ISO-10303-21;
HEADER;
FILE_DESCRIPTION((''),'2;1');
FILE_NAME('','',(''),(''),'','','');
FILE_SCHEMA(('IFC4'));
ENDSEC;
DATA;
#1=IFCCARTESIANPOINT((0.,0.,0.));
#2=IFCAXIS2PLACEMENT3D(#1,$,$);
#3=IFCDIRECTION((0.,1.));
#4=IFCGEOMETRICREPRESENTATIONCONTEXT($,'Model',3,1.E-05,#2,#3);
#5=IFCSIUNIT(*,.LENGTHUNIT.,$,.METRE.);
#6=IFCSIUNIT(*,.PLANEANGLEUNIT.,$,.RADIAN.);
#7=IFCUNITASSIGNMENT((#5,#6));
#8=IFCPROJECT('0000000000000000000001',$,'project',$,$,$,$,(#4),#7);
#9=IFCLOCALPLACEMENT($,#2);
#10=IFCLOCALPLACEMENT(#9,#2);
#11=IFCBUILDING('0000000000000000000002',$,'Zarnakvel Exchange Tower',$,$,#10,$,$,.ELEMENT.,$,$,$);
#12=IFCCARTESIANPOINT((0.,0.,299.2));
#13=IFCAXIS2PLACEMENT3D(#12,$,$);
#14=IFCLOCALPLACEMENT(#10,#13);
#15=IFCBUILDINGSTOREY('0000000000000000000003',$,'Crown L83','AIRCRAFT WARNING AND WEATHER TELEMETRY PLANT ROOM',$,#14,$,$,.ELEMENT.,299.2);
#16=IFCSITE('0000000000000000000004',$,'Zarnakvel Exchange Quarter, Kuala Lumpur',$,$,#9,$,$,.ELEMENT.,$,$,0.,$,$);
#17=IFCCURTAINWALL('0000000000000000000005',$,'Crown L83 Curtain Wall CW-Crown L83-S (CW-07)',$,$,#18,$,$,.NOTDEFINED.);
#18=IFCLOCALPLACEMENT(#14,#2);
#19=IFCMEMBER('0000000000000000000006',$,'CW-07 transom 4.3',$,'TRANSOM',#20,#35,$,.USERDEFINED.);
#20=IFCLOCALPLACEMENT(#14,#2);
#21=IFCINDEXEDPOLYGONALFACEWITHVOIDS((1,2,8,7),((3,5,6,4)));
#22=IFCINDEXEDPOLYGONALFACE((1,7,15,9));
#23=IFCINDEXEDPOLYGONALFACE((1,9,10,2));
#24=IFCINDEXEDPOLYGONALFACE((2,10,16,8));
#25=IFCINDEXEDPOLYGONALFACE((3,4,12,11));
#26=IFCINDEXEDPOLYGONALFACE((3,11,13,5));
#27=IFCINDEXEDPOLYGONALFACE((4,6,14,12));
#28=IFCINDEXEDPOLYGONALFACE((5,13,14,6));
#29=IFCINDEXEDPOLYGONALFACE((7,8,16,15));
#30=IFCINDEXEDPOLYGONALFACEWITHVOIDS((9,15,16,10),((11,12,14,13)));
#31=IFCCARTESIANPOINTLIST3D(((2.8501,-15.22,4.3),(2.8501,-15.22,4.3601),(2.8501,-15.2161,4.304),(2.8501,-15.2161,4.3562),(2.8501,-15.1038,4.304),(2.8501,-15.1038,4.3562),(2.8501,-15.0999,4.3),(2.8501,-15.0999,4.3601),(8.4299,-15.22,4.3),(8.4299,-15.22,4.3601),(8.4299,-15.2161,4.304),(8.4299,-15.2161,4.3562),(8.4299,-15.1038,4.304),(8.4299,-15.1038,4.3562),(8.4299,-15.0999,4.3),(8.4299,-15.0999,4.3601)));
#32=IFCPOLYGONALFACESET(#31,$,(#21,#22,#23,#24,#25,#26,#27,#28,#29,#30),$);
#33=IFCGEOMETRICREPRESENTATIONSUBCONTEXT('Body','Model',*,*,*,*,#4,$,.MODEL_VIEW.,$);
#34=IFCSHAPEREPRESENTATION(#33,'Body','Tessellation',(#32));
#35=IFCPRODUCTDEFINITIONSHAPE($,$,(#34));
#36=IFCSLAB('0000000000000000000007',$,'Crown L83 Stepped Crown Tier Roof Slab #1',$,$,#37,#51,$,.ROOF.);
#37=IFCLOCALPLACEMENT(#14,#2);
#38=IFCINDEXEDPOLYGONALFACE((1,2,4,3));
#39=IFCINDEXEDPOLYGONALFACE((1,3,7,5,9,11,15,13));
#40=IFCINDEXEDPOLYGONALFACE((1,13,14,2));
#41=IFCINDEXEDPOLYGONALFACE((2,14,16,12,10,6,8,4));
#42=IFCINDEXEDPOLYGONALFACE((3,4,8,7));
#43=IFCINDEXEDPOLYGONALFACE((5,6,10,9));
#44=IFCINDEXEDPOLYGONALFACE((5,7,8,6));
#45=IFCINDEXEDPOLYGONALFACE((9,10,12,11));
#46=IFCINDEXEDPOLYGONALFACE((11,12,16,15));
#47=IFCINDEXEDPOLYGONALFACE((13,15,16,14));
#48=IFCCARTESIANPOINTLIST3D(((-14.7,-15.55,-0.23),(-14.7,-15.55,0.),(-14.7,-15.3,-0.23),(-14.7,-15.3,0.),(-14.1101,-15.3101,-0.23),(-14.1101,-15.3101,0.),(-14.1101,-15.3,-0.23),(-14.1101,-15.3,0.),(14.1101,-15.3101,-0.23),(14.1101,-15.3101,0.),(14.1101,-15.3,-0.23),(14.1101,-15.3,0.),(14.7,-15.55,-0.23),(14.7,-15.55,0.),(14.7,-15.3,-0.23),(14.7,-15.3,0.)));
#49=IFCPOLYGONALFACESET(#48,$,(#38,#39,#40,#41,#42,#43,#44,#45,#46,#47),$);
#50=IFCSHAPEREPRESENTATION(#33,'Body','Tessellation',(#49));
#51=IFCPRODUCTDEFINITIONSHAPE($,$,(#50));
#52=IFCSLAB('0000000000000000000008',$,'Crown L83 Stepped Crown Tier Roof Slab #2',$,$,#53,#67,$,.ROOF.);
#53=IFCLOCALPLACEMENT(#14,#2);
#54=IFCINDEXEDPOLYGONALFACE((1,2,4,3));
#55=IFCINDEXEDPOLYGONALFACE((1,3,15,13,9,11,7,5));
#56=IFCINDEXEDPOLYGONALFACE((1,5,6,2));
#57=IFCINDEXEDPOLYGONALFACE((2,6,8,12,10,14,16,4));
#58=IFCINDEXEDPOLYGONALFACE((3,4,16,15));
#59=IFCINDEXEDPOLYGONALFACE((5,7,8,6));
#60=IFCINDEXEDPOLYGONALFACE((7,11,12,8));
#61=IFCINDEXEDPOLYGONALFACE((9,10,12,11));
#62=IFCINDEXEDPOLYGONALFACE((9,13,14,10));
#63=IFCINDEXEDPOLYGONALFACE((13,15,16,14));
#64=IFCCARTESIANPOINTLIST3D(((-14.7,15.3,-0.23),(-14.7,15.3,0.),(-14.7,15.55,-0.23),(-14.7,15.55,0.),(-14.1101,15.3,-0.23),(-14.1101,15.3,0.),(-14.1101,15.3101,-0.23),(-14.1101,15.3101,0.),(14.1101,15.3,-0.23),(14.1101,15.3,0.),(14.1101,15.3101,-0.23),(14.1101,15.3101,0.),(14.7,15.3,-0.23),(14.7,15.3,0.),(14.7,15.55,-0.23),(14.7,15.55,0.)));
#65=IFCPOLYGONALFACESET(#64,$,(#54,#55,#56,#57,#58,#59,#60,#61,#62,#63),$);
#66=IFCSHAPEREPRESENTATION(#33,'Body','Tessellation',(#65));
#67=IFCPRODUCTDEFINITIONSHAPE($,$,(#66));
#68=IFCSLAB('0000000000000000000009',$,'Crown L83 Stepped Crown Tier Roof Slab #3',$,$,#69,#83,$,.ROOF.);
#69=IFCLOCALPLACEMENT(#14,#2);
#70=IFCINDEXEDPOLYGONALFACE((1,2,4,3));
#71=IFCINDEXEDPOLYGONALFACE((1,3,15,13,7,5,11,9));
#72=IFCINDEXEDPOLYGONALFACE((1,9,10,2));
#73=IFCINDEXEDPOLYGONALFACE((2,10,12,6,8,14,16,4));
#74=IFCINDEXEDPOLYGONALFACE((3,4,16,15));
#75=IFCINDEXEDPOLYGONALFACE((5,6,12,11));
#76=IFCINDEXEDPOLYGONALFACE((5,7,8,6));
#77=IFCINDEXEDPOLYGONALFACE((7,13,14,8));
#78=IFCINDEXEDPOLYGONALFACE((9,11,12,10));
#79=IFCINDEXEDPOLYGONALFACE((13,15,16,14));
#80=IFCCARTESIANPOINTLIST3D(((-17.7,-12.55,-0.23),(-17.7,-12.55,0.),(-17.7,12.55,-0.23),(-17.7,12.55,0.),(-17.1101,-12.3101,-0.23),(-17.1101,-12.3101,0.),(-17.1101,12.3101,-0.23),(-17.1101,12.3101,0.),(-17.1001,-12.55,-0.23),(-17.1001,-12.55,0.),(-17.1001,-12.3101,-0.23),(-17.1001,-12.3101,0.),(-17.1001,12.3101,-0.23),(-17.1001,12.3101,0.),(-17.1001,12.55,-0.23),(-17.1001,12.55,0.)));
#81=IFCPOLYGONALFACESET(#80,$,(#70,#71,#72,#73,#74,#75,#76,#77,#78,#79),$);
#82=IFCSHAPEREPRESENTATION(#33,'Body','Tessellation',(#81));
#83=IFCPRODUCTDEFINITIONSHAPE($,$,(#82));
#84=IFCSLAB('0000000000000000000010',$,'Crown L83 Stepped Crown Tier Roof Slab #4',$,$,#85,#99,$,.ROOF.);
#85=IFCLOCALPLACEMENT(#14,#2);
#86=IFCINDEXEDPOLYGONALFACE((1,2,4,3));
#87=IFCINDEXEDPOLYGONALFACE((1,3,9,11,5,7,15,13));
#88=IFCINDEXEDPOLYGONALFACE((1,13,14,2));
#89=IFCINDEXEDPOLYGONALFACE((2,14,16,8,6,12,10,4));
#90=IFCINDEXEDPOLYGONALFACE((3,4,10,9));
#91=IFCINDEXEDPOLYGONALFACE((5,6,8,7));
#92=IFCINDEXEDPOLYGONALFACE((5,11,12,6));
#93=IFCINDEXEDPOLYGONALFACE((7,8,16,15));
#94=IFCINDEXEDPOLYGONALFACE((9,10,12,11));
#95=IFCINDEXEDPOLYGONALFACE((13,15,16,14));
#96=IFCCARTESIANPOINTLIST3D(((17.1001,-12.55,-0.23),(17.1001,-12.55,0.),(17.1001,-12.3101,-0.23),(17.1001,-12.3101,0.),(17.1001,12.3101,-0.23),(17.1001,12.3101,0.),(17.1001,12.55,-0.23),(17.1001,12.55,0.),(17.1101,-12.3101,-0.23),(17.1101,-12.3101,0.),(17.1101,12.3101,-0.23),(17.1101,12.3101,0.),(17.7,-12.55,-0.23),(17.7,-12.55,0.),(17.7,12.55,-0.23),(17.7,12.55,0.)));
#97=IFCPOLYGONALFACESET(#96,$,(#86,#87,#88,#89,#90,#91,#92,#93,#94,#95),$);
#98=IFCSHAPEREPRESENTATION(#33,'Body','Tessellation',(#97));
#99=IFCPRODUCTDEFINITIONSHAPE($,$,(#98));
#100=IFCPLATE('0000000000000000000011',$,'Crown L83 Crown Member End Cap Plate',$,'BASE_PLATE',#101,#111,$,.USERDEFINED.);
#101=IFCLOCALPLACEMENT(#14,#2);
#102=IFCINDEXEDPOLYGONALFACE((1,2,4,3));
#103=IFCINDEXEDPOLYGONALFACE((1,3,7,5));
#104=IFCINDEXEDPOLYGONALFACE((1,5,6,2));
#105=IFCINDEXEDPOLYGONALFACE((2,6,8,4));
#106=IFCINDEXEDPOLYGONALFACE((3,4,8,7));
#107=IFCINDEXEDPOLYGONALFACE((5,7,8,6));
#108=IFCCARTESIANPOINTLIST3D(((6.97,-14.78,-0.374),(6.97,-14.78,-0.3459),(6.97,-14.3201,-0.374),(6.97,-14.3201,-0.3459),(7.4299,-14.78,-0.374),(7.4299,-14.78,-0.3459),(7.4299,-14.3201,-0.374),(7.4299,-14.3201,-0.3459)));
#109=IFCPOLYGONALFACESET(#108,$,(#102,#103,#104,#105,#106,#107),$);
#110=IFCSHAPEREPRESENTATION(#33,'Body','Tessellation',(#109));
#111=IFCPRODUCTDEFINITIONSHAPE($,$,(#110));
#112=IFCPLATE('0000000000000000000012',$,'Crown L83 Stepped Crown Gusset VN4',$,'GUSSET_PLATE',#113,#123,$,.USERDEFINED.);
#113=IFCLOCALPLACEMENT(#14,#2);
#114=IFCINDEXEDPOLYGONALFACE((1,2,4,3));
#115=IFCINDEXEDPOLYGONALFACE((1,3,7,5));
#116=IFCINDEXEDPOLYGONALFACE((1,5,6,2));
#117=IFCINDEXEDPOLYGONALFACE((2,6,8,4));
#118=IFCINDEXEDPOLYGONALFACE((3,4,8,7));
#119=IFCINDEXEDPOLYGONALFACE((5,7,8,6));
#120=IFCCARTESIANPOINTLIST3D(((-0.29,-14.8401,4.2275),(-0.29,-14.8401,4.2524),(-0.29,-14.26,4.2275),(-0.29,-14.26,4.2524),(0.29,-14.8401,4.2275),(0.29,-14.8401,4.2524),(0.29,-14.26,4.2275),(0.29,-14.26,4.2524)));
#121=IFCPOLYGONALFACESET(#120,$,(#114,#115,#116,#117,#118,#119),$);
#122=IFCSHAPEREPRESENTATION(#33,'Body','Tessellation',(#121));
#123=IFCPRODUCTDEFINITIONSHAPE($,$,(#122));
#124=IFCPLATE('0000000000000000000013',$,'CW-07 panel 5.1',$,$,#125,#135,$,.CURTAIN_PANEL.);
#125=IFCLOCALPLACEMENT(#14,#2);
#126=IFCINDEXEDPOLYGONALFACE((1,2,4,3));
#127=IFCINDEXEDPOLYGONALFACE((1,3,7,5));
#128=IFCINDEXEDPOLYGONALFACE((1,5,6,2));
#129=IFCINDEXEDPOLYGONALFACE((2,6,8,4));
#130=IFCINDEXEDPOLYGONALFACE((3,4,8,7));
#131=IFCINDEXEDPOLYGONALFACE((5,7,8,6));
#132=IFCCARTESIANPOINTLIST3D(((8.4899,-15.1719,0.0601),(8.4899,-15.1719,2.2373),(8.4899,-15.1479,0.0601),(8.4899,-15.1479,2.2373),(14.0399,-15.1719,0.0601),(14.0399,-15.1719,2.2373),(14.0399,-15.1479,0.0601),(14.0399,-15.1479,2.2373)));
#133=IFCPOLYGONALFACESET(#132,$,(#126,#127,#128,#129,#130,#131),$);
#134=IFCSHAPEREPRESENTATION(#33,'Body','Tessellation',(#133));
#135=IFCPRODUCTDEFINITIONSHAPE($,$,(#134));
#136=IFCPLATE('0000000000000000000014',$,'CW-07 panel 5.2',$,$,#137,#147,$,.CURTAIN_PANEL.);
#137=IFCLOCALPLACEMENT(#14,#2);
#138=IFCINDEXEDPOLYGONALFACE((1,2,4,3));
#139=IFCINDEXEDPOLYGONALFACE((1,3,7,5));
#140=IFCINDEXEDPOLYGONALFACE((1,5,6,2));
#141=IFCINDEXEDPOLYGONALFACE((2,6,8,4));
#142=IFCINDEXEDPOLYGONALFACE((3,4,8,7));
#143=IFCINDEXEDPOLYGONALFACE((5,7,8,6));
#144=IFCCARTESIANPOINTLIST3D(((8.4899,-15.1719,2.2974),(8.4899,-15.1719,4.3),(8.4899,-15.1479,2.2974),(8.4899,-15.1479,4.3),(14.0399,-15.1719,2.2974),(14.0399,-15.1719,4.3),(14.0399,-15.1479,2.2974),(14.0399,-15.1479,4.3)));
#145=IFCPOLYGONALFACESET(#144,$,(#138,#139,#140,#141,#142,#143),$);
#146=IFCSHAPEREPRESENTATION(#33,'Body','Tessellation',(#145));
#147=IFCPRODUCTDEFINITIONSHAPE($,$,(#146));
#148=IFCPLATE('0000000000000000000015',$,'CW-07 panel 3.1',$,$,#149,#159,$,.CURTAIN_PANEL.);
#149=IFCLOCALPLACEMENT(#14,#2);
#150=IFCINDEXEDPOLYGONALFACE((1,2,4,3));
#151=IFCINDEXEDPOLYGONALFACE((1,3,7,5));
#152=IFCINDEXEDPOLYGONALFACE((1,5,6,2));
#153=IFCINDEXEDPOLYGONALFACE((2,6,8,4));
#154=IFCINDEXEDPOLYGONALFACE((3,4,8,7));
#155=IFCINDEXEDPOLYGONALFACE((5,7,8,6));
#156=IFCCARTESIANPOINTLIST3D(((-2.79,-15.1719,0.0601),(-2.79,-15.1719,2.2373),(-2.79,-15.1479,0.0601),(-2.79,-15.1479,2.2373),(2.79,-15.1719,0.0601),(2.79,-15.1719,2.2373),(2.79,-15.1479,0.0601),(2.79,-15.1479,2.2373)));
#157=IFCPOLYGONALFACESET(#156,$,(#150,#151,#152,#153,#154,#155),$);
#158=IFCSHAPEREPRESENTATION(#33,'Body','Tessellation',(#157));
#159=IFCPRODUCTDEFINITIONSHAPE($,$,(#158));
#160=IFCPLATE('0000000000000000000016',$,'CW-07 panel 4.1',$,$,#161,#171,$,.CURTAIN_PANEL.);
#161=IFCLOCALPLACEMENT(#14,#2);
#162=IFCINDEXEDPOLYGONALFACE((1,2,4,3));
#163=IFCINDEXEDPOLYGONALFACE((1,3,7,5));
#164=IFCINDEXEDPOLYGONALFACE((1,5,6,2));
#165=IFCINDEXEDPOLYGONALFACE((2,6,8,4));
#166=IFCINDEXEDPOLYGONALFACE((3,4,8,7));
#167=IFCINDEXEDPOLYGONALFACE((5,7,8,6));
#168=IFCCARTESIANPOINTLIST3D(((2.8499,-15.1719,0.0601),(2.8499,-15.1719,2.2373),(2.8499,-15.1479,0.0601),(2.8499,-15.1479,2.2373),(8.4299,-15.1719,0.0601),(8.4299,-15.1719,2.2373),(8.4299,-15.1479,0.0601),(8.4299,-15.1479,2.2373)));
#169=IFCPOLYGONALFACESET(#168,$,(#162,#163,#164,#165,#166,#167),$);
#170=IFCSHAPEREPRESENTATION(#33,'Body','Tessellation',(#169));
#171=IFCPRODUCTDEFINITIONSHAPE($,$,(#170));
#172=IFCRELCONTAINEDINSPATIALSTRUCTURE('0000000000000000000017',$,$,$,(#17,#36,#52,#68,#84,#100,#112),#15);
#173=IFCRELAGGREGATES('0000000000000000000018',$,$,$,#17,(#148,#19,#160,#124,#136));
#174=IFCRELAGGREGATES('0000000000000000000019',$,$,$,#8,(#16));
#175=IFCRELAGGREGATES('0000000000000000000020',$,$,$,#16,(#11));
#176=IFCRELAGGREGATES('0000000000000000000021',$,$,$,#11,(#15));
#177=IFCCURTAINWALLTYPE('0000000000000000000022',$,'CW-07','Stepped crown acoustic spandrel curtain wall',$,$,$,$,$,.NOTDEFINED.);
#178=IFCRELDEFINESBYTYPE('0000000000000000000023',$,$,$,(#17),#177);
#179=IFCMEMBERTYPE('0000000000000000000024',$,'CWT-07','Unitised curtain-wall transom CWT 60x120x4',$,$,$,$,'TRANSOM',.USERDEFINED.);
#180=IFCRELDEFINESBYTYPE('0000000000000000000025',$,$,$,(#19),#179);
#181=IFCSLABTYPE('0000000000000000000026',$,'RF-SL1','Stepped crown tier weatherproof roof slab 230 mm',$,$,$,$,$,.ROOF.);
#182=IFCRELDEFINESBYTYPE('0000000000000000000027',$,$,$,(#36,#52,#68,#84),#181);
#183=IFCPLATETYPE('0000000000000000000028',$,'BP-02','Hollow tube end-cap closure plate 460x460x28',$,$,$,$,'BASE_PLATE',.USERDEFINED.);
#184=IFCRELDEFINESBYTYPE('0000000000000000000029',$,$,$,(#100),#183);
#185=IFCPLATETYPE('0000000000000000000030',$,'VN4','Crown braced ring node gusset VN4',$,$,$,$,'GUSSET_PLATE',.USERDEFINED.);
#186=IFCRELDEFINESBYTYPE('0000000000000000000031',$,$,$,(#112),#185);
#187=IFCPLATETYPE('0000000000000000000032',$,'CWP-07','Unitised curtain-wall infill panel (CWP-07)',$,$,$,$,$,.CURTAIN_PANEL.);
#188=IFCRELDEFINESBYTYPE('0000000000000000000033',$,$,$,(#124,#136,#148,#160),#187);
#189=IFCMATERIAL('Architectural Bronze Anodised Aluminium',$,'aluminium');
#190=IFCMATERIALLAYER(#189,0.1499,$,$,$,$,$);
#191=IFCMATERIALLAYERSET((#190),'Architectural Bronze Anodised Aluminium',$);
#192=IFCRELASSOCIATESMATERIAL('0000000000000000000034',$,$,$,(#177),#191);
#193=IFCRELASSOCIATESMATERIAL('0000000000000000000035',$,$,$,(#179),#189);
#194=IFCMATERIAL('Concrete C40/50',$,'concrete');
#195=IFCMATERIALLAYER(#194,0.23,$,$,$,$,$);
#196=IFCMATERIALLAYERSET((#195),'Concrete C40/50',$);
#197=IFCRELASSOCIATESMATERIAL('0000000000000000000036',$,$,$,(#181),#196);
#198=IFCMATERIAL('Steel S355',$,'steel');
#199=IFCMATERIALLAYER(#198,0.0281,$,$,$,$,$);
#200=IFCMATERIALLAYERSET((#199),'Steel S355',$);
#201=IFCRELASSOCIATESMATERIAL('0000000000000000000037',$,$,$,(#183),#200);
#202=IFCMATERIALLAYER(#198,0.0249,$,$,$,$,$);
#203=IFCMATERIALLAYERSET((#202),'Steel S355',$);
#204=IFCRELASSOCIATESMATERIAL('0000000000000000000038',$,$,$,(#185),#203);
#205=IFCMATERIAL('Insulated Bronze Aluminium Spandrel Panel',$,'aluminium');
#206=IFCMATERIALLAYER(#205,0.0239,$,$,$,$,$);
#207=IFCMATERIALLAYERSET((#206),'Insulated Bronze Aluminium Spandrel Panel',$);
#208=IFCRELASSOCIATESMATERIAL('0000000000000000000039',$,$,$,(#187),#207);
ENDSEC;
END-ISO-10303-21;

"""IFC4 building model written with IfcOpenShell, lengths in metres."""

from ifc_helpers import new_model, si_unit, direction, frame, origin, origin_2d, place, context, subcontext, project, spatial, polyline, rectangle, hollow_rectangle, outline, extrude, source, transform, mapped, material, layer, layer_set, material_profile, profile_set, type_object, element, aggregate, save


model = new_model("IFC4")

# Units and contexts
model_context = context("Model", 3, precision=1e-05, world=origin(), true_north=direction((0.0, 1.0)))
body_context = subcontext(model_context, "Body", "Model", "MODEL_VIEW")
ifc_project = project(units=[si_unit("LENGTHUNIT", "METRE"), si_unit("PLANEANGLEUNIT", "RADIAN")], contexts=[model_context])

# Site, building, storey
site_placement = place(None, origin())
site = spatial("IfcSite", under=ifc_project, at=site_placement, Name="Zarnakvel Exchange Quarter, Kuala Lumpur", CompositionType="ELEMENT", RefElevation=0.0)
building_placement = place(site_placement, origin())
building = spatial("IfcBuilding", under=site, at=building_placement, Name="Zarnakvel Exchange Tower", CompositionType="ELEMENT")
storey_placement = place(building_placement, frame((0.0, 0.0, 299.2)))
storey = spatial("IfcBuildingStorey", under=building, at=storey_placement, Name="Crown L83", Description="AIRCRAFT WARNING AND WEATHER TELEMETRY PLANT ROOM", CompositionType="ELEMENT", Elevation=299.2)

# Shared definitions
ifc_material_1 = material(Name="Steel S355", Category="steel")

# Curtain wall, member
ifc_material_2 = material(Name="Architectural Bronze Anodised Aluminium", Category="aluminium")
ifc_layer_1 = layer(ifc_material_2, 0.1499)
ifc_layer_set_1 = layer_set([ifc_layer_1], Name="Architectural Bronze Anodised Aluminium")
curtain_wall_type = type_object("IfcCurtainWallType", Name="CW-07", Description="Stepped crown acoustic spandrel curtain wall", PredefinedType="NOTDEFINED", material=ifc_layer_set_1)
curtain_wall_placement = place(storey_placement, origin())
curtain_wall = element("IfcCurtainWall", 1, at=curtain_wall_placement, inside=storey, type_object=curtain_wall_type, Name="Crown L83 Curtain Wall CW-Crown L83-S (CW-07)", PredefinedType="NOTDEFINED")
ifc_material_profile_1 = material_profile(ifc_material_2, hollow_rectangle(XDim=0.1201, YDim=0.0601, WallThickness=0.0039, at=origin_2d()))
ifc_profile_set_1 = profile_set([ifc_material_profile_1], Name="Architectural Bronze Anodised Aluminium")
member_type_1 = type_object("IfcMemberType", Name="CWT-07", Description="Unitised curtain-wall transom CWT 60x120x4", ElementType="TRANSOM", PredefinedType="USERDEFINED", material=ifc_profile_set_1)
shared_shape_1 = source(origin(), body_context, "Body", "SweptSolid", [
    extrude(hollow_rectangle(XDim=0.1201, YDim=0.0601, WallThickness=0.0039, at=origin_2d()), origin(), (0.0, 0.0, 1.0), 5.5798),
])
member_1_placement = place(storey_placement, frame((2.8501, -15.1599, 4.3301), z_axis=(1.0, 0.0, 0.0), x_axis=(0.0, 1.0, 0.0)))
member_1 = element("IfcMember", 2, at=member_1_placement, type_object=member_type_1, Name="CW-07 transom 4.3", ObjectType="TRANSOM", PredefinedType="USERDEFINED", context=body_context, shape_type="MappedRepresentation", body=[
    mapped(shared_shape_1, transform((0.0, 0.0, 0.0), x_axis=(1.0, 0.0, 0.0), y_axis=(0.0, 1.0, 0.0), z_axis=(0.0, 0.0, 1.0), scale=1.0)),
])

# Slabs
ifc_material_3 = material(Name="Concrete C40/50", Category="concrete")
ifc_layer_2 = layer(ifc_material_3, 0.23)
ifc_layer_set_2 = layer_set([ifc_layer_2], Name="Concrete C40/50")
slab_type = type_object("IfcSlabType", Name="RF-SL1", Description="Stepped crown tier weatherproof roof slab 230 mm", PredefinedType="ROOF", material=ifc_layer_set_2)
slab_1_placement = place(storey_placement, frame((0.0, 0.0, -0.23)))
element("IfcSlab", 3, at=slab_1_placement, inside=storey, type_object=slab_type, Name="Crown L83 Stepped Crown Tier Roof Slab #1", PredefinedType="ROOF", context=body_context, shape_type="SweptSolid", body=[
    extrude(outline(polyline([(14.7, -15.55), (-14.7, -15.55), (-14.7, -15.3), (-14.1101, -15.3), (-14.1101, -15.3101), (14.1101, -15.3101), (14.1101, -15.3), (14.7, -15.3), (14.7, -15.55)])), origin(), (0.0, 0.0, 1.0), 0.23),
])
slab_2_placement = place(storey_placement, frame((0.0, 0.0, -0.23)))
element("IfcSlab", 4, at=slab_2_placement, inside=storey, type_object=slab_type, Name="Crown L83 Stepped Crown Tier Roof Slab #2", PredefinedType="ROOF", context=body_context, shape_type="SweptSolid", body=[
    extrude(outline(polyline([(-14.7, 15.55), (14.7, 15.55), (14.7, 15.3), (14.1101, 15.3), (14.1101, 15.3101), (-14.1101, 15.3101), (-14.1101, 15.3), (-14.7, 15.3), (-14.7, 15.55)])), origin(), (0.0, 0.0, 1.0), 0.23),
])
slab_3_placement = place(storey_placement, frame((0.0, 0.0, -0.23)))
element("IfcSlab", 5, at=slab_3_placement, inside=storey, type_object=slab_type, Name="Crown L83 Stepped Crown Tier Roof Slab #3", PredefinedType="ROOF", context=body_context, shape_type="SweptSolid", body=[
    extrude(outline(polyline([(-17.1001, 12.55), (-17.1001, 12.3101), (-17.1101, 12.3101), (-17.1101, -12.3101), (-17.1001, -12.3101), (-17.1001, -12.55), (-17.7, -12.55), (-17.7, 12.55), (-17.1001, 12.55)])), origin(), (0.0, 0.0, 1.0), 0.23),
])
slab_4_placement = place(storey_placement, frame((0.0, 0.0, -0.23)))
element("IfcSlab", 6, at=slab_4_placement, inside=storey, type_object=slab_type, Name="Crown L83 Stepped Crown Tier Roof Slab #4", PredefinedType="ROOF", context=body_context, shape_type="SweptSolid", body=[
    extrude(outline(polyline([(17.7, 12.55), (17.7, -12.55), (17.1001, -12.55), (17.1001, -12.3101), (17.1101, -12.3101), (17.1101, 12.3101), (17.1001, 12.3101), (17.1001, 12.55), (17.7, 12.55)])), origin(), (0.0, 0.0, 1.0), 0.23),
])

# Plates
ifc_layer_3 = layer(ifc_material_1, 0.0281)
ifc_layer_set_3 = layer_set([ifc_layer_3], Name="Steel S355")
plate_type_1 = type_object("IfcPlateType", Name="BP-02", Description="Hollow tube end-cap closure plate 460x460x28", ElementType="BASE_PLATE", PredefinedType="USERDEFINED", material=ifc_layer_set_3)
shared_shape_2 = source(origin(), body_context, "Body", "SweptSolid", [
    extrude(rectangle(XDim=0.46, YDim=0.46, at=origin_2d()), origin(), (0.0, 0.0, 1.0), 0.0281),
])
plate_1_placement = place(storey_placement, frame((7.2, -14.55, -0.374), z_axis=(0.0, 0.0, 1.0), x_axis=(1.0, 0.0, 0.0)))
element("IfcPlate", 7, at=plate_1_placement, inside=storey, type_object=plate_type_1, Name="Crown L83 Crown Member End Cap Plate", ObjectType="BASE_PLATE", PredefinedType="USERDEFINED", context=body_context, shape_type="MappedRepresentation", body=[
    mapped(shared_shape_2, transform((0.0, 0.0, 0.0), x_axis=(1.0, 0.0, 0.0), y_axis=(0.0, 1.0, 0.0), z_axis=(0.0, 0.0, 1.0), scale=1.0)),
])
ifc_layer_4 = layer(ifc_material_1, 0.0249)
ifc_layer_set_4 = layer_set([ifc_layer_4], Name="Steel S355")
plate_type_2 = type_object("IfcPlateType", Name="VN4", Description="Crown braced ring node gusset VN4", ElementType="GUSSET_PLATE", PredefinedType="USERDEFINED", material=ifc_layer_set_4)
shared_shape_3 = source(origin(), body_context, "Body", "SweptSolid", [
    extrude(rectangle(XDim=0.5801, YDim=0.5801, at=origin_2d()), origin(), (0.0, 0.0, 1.0), 0.0249),
])
plate_2_placement = place(storey_placement, frame((0.0, -14.55, 4.2275), z_axis=(0.0, 0.0, 1.0), x_axis=(1.0, 0.0, 0.0)))
element("IfcPlate", 8, at=plate_2_placement, inside=storey, type_object=plate_type_2, Name="Crown L83 Stepped Crown Gusset VN4", ObjectType="GUSSET_PLATE", PredefinedType="USERDEFINED", context=body_context, shape_type="MappedRepresentation", body=[
    mapped(shared_shape_3, transform((0.0, 0.0, 0.0), x_axis=(1.0, 0.0, 0.0), y_axis=(0.0, 1.0, 0.0), z_axis=(0.0, 0.0, 1.0), scale=1.0)),
])

# Plates
ifc_material_4 = material(Name="Insulated Bronze Aluminium Spandrel Panel", Category="aluminium")
ifc_layer_5 = layer(ifc_material_4, 0.0239)
ifc_layer_set_5 = layer_set([ifc_layer_5], Name="Insulated Bronze Aluminium Spandrel Panel")
plate_type_3 = type_object("IfcPlateType", Name="CWP-07", Description="Unitised curtain-wall infill panel (CWP-07)", PredefinedType="CURTAIN_PANEL", material=ifc_layer_set_5)
shared_shape_4 = source(origin(), body_context, "Body", "SweptSolid", [
    extrude(rectangle(XDim=5.55, YDim=0.0239, at=origin_2d()), origin(), (0.0, 0.0, 1.0), 2.1772),
])
plate_3_placement = place(storey_placement, frame((11.2649, -15.1599, 0.0601), z_axis=(0.0, 0.0, 1.0), x_axis=(1.0, 0.0, 0.0)))
plate_3 = element("IfcPlate", 9, at=plate_3_placement, type_object=plate_type_3, Name="CW-07 panel 5.1", PredefinedType="CURTAIN_PANEL", context=body_context, shape_type="MappedRepresentation", body=[
    mapped(shared_shape_4, transform((0.0, 0.0, 0.0), x_axis=(1.0, 0.0, 0.0), y_axis=(0.0, 1.0, 0.0), z_axis=(0.0, 0.0, 1.0), scale=1.0)),
])
shared_shape_5 = source(origin(), body_context, "Body", "SweptSolid", [
    extrude(rectangle(XDim=5.55, YDim=0.0239, at=origin_2d()), origin(), (0.0, 0.0, 1.0), 2.0027),
])
plate_4_placement = place(storey_placement, frame((11.2649, -15.1599, 2.2974), z_axis=(0.0, 0.0, 1.0), x_axis=(1.0, 0.0, 0.0)))
plate_4 = element("IfcPlate", 10, at=plate_4_placement, type_object=plate_type_3, Name="CW-07 panel 5.2", PredefinedType="CURTAIN_PANEL", context=body_context, shape_type="MappedRepresentation", body=[
    mapped(shared_shape_5, transform((0.0, 0.0, 0.0), x_axis=(1.0, 0.0, 0.0), y_axis=(0.0, 1.0, 0.0), z_axis=(0.0, 0.0, 1.0), scale=1.0)),
])
shared_shape_6 = source(origin(), body_context, "Body", "SweptSolid", [
    extrude(rectangle(XDim=5.5801, YDim=0.0239, at=origin_2d()), origin(), (0.0, 0.0, 1.0), 2.1772),
])
plate_5_placement = place(storey_placement, frame((0.0, -15.1599, 0.0601), z_axis=(0.0, 0.0, 1.0), x_axis=(1.0, 0.0, 0.0)))
plate_5 = element("IfcPlate", 11, at=plate_5_placement, type_object=plate_type_3, Name="CW-07 panel 3.1", PredefinedType="CURTAIN_PANEL", context=body_context, shape_type="MappedRepresentation", body=[
    mapped(shared_shape_6, transform((0.0, 0.0, 0.0), x_axis=(1.0, 0.0, 0.0), y_axis=(0.0, 1.0, 0.0), z_axis=(0.0, 0.0, 1.0), scale=1.0)),
])
plate_6_placement = place(storey_placement, frame((5.6399, -15.1599, 0.0601), z_axis=(0.0, 0.0, 1.0), x_axis=(1.0, 0.0, 0.0)))
plate_6 = element("IfcPlate", 12, at=plate_6_placement, type_object=plate_type_3, Name="CW-07 panel 4.1", PredefinedType="CURTAIN_PANEL", context=body_context, shape_type="MappedRepresentation", body=[
    mapped(shared_shape_6, transform((0.0, 0.0, 0.0), x_axis=(1.0, 0.0, 0.0), y_axis=(0.0, 1.0, 0.0), z_axis=(0.0, 0.0, 1.0), scale=1.0)),
])
aggregate(curtain_wall, [plate_5, member_1, plate_6, plate_3, plate_4])

save(model, "model.ifc")
